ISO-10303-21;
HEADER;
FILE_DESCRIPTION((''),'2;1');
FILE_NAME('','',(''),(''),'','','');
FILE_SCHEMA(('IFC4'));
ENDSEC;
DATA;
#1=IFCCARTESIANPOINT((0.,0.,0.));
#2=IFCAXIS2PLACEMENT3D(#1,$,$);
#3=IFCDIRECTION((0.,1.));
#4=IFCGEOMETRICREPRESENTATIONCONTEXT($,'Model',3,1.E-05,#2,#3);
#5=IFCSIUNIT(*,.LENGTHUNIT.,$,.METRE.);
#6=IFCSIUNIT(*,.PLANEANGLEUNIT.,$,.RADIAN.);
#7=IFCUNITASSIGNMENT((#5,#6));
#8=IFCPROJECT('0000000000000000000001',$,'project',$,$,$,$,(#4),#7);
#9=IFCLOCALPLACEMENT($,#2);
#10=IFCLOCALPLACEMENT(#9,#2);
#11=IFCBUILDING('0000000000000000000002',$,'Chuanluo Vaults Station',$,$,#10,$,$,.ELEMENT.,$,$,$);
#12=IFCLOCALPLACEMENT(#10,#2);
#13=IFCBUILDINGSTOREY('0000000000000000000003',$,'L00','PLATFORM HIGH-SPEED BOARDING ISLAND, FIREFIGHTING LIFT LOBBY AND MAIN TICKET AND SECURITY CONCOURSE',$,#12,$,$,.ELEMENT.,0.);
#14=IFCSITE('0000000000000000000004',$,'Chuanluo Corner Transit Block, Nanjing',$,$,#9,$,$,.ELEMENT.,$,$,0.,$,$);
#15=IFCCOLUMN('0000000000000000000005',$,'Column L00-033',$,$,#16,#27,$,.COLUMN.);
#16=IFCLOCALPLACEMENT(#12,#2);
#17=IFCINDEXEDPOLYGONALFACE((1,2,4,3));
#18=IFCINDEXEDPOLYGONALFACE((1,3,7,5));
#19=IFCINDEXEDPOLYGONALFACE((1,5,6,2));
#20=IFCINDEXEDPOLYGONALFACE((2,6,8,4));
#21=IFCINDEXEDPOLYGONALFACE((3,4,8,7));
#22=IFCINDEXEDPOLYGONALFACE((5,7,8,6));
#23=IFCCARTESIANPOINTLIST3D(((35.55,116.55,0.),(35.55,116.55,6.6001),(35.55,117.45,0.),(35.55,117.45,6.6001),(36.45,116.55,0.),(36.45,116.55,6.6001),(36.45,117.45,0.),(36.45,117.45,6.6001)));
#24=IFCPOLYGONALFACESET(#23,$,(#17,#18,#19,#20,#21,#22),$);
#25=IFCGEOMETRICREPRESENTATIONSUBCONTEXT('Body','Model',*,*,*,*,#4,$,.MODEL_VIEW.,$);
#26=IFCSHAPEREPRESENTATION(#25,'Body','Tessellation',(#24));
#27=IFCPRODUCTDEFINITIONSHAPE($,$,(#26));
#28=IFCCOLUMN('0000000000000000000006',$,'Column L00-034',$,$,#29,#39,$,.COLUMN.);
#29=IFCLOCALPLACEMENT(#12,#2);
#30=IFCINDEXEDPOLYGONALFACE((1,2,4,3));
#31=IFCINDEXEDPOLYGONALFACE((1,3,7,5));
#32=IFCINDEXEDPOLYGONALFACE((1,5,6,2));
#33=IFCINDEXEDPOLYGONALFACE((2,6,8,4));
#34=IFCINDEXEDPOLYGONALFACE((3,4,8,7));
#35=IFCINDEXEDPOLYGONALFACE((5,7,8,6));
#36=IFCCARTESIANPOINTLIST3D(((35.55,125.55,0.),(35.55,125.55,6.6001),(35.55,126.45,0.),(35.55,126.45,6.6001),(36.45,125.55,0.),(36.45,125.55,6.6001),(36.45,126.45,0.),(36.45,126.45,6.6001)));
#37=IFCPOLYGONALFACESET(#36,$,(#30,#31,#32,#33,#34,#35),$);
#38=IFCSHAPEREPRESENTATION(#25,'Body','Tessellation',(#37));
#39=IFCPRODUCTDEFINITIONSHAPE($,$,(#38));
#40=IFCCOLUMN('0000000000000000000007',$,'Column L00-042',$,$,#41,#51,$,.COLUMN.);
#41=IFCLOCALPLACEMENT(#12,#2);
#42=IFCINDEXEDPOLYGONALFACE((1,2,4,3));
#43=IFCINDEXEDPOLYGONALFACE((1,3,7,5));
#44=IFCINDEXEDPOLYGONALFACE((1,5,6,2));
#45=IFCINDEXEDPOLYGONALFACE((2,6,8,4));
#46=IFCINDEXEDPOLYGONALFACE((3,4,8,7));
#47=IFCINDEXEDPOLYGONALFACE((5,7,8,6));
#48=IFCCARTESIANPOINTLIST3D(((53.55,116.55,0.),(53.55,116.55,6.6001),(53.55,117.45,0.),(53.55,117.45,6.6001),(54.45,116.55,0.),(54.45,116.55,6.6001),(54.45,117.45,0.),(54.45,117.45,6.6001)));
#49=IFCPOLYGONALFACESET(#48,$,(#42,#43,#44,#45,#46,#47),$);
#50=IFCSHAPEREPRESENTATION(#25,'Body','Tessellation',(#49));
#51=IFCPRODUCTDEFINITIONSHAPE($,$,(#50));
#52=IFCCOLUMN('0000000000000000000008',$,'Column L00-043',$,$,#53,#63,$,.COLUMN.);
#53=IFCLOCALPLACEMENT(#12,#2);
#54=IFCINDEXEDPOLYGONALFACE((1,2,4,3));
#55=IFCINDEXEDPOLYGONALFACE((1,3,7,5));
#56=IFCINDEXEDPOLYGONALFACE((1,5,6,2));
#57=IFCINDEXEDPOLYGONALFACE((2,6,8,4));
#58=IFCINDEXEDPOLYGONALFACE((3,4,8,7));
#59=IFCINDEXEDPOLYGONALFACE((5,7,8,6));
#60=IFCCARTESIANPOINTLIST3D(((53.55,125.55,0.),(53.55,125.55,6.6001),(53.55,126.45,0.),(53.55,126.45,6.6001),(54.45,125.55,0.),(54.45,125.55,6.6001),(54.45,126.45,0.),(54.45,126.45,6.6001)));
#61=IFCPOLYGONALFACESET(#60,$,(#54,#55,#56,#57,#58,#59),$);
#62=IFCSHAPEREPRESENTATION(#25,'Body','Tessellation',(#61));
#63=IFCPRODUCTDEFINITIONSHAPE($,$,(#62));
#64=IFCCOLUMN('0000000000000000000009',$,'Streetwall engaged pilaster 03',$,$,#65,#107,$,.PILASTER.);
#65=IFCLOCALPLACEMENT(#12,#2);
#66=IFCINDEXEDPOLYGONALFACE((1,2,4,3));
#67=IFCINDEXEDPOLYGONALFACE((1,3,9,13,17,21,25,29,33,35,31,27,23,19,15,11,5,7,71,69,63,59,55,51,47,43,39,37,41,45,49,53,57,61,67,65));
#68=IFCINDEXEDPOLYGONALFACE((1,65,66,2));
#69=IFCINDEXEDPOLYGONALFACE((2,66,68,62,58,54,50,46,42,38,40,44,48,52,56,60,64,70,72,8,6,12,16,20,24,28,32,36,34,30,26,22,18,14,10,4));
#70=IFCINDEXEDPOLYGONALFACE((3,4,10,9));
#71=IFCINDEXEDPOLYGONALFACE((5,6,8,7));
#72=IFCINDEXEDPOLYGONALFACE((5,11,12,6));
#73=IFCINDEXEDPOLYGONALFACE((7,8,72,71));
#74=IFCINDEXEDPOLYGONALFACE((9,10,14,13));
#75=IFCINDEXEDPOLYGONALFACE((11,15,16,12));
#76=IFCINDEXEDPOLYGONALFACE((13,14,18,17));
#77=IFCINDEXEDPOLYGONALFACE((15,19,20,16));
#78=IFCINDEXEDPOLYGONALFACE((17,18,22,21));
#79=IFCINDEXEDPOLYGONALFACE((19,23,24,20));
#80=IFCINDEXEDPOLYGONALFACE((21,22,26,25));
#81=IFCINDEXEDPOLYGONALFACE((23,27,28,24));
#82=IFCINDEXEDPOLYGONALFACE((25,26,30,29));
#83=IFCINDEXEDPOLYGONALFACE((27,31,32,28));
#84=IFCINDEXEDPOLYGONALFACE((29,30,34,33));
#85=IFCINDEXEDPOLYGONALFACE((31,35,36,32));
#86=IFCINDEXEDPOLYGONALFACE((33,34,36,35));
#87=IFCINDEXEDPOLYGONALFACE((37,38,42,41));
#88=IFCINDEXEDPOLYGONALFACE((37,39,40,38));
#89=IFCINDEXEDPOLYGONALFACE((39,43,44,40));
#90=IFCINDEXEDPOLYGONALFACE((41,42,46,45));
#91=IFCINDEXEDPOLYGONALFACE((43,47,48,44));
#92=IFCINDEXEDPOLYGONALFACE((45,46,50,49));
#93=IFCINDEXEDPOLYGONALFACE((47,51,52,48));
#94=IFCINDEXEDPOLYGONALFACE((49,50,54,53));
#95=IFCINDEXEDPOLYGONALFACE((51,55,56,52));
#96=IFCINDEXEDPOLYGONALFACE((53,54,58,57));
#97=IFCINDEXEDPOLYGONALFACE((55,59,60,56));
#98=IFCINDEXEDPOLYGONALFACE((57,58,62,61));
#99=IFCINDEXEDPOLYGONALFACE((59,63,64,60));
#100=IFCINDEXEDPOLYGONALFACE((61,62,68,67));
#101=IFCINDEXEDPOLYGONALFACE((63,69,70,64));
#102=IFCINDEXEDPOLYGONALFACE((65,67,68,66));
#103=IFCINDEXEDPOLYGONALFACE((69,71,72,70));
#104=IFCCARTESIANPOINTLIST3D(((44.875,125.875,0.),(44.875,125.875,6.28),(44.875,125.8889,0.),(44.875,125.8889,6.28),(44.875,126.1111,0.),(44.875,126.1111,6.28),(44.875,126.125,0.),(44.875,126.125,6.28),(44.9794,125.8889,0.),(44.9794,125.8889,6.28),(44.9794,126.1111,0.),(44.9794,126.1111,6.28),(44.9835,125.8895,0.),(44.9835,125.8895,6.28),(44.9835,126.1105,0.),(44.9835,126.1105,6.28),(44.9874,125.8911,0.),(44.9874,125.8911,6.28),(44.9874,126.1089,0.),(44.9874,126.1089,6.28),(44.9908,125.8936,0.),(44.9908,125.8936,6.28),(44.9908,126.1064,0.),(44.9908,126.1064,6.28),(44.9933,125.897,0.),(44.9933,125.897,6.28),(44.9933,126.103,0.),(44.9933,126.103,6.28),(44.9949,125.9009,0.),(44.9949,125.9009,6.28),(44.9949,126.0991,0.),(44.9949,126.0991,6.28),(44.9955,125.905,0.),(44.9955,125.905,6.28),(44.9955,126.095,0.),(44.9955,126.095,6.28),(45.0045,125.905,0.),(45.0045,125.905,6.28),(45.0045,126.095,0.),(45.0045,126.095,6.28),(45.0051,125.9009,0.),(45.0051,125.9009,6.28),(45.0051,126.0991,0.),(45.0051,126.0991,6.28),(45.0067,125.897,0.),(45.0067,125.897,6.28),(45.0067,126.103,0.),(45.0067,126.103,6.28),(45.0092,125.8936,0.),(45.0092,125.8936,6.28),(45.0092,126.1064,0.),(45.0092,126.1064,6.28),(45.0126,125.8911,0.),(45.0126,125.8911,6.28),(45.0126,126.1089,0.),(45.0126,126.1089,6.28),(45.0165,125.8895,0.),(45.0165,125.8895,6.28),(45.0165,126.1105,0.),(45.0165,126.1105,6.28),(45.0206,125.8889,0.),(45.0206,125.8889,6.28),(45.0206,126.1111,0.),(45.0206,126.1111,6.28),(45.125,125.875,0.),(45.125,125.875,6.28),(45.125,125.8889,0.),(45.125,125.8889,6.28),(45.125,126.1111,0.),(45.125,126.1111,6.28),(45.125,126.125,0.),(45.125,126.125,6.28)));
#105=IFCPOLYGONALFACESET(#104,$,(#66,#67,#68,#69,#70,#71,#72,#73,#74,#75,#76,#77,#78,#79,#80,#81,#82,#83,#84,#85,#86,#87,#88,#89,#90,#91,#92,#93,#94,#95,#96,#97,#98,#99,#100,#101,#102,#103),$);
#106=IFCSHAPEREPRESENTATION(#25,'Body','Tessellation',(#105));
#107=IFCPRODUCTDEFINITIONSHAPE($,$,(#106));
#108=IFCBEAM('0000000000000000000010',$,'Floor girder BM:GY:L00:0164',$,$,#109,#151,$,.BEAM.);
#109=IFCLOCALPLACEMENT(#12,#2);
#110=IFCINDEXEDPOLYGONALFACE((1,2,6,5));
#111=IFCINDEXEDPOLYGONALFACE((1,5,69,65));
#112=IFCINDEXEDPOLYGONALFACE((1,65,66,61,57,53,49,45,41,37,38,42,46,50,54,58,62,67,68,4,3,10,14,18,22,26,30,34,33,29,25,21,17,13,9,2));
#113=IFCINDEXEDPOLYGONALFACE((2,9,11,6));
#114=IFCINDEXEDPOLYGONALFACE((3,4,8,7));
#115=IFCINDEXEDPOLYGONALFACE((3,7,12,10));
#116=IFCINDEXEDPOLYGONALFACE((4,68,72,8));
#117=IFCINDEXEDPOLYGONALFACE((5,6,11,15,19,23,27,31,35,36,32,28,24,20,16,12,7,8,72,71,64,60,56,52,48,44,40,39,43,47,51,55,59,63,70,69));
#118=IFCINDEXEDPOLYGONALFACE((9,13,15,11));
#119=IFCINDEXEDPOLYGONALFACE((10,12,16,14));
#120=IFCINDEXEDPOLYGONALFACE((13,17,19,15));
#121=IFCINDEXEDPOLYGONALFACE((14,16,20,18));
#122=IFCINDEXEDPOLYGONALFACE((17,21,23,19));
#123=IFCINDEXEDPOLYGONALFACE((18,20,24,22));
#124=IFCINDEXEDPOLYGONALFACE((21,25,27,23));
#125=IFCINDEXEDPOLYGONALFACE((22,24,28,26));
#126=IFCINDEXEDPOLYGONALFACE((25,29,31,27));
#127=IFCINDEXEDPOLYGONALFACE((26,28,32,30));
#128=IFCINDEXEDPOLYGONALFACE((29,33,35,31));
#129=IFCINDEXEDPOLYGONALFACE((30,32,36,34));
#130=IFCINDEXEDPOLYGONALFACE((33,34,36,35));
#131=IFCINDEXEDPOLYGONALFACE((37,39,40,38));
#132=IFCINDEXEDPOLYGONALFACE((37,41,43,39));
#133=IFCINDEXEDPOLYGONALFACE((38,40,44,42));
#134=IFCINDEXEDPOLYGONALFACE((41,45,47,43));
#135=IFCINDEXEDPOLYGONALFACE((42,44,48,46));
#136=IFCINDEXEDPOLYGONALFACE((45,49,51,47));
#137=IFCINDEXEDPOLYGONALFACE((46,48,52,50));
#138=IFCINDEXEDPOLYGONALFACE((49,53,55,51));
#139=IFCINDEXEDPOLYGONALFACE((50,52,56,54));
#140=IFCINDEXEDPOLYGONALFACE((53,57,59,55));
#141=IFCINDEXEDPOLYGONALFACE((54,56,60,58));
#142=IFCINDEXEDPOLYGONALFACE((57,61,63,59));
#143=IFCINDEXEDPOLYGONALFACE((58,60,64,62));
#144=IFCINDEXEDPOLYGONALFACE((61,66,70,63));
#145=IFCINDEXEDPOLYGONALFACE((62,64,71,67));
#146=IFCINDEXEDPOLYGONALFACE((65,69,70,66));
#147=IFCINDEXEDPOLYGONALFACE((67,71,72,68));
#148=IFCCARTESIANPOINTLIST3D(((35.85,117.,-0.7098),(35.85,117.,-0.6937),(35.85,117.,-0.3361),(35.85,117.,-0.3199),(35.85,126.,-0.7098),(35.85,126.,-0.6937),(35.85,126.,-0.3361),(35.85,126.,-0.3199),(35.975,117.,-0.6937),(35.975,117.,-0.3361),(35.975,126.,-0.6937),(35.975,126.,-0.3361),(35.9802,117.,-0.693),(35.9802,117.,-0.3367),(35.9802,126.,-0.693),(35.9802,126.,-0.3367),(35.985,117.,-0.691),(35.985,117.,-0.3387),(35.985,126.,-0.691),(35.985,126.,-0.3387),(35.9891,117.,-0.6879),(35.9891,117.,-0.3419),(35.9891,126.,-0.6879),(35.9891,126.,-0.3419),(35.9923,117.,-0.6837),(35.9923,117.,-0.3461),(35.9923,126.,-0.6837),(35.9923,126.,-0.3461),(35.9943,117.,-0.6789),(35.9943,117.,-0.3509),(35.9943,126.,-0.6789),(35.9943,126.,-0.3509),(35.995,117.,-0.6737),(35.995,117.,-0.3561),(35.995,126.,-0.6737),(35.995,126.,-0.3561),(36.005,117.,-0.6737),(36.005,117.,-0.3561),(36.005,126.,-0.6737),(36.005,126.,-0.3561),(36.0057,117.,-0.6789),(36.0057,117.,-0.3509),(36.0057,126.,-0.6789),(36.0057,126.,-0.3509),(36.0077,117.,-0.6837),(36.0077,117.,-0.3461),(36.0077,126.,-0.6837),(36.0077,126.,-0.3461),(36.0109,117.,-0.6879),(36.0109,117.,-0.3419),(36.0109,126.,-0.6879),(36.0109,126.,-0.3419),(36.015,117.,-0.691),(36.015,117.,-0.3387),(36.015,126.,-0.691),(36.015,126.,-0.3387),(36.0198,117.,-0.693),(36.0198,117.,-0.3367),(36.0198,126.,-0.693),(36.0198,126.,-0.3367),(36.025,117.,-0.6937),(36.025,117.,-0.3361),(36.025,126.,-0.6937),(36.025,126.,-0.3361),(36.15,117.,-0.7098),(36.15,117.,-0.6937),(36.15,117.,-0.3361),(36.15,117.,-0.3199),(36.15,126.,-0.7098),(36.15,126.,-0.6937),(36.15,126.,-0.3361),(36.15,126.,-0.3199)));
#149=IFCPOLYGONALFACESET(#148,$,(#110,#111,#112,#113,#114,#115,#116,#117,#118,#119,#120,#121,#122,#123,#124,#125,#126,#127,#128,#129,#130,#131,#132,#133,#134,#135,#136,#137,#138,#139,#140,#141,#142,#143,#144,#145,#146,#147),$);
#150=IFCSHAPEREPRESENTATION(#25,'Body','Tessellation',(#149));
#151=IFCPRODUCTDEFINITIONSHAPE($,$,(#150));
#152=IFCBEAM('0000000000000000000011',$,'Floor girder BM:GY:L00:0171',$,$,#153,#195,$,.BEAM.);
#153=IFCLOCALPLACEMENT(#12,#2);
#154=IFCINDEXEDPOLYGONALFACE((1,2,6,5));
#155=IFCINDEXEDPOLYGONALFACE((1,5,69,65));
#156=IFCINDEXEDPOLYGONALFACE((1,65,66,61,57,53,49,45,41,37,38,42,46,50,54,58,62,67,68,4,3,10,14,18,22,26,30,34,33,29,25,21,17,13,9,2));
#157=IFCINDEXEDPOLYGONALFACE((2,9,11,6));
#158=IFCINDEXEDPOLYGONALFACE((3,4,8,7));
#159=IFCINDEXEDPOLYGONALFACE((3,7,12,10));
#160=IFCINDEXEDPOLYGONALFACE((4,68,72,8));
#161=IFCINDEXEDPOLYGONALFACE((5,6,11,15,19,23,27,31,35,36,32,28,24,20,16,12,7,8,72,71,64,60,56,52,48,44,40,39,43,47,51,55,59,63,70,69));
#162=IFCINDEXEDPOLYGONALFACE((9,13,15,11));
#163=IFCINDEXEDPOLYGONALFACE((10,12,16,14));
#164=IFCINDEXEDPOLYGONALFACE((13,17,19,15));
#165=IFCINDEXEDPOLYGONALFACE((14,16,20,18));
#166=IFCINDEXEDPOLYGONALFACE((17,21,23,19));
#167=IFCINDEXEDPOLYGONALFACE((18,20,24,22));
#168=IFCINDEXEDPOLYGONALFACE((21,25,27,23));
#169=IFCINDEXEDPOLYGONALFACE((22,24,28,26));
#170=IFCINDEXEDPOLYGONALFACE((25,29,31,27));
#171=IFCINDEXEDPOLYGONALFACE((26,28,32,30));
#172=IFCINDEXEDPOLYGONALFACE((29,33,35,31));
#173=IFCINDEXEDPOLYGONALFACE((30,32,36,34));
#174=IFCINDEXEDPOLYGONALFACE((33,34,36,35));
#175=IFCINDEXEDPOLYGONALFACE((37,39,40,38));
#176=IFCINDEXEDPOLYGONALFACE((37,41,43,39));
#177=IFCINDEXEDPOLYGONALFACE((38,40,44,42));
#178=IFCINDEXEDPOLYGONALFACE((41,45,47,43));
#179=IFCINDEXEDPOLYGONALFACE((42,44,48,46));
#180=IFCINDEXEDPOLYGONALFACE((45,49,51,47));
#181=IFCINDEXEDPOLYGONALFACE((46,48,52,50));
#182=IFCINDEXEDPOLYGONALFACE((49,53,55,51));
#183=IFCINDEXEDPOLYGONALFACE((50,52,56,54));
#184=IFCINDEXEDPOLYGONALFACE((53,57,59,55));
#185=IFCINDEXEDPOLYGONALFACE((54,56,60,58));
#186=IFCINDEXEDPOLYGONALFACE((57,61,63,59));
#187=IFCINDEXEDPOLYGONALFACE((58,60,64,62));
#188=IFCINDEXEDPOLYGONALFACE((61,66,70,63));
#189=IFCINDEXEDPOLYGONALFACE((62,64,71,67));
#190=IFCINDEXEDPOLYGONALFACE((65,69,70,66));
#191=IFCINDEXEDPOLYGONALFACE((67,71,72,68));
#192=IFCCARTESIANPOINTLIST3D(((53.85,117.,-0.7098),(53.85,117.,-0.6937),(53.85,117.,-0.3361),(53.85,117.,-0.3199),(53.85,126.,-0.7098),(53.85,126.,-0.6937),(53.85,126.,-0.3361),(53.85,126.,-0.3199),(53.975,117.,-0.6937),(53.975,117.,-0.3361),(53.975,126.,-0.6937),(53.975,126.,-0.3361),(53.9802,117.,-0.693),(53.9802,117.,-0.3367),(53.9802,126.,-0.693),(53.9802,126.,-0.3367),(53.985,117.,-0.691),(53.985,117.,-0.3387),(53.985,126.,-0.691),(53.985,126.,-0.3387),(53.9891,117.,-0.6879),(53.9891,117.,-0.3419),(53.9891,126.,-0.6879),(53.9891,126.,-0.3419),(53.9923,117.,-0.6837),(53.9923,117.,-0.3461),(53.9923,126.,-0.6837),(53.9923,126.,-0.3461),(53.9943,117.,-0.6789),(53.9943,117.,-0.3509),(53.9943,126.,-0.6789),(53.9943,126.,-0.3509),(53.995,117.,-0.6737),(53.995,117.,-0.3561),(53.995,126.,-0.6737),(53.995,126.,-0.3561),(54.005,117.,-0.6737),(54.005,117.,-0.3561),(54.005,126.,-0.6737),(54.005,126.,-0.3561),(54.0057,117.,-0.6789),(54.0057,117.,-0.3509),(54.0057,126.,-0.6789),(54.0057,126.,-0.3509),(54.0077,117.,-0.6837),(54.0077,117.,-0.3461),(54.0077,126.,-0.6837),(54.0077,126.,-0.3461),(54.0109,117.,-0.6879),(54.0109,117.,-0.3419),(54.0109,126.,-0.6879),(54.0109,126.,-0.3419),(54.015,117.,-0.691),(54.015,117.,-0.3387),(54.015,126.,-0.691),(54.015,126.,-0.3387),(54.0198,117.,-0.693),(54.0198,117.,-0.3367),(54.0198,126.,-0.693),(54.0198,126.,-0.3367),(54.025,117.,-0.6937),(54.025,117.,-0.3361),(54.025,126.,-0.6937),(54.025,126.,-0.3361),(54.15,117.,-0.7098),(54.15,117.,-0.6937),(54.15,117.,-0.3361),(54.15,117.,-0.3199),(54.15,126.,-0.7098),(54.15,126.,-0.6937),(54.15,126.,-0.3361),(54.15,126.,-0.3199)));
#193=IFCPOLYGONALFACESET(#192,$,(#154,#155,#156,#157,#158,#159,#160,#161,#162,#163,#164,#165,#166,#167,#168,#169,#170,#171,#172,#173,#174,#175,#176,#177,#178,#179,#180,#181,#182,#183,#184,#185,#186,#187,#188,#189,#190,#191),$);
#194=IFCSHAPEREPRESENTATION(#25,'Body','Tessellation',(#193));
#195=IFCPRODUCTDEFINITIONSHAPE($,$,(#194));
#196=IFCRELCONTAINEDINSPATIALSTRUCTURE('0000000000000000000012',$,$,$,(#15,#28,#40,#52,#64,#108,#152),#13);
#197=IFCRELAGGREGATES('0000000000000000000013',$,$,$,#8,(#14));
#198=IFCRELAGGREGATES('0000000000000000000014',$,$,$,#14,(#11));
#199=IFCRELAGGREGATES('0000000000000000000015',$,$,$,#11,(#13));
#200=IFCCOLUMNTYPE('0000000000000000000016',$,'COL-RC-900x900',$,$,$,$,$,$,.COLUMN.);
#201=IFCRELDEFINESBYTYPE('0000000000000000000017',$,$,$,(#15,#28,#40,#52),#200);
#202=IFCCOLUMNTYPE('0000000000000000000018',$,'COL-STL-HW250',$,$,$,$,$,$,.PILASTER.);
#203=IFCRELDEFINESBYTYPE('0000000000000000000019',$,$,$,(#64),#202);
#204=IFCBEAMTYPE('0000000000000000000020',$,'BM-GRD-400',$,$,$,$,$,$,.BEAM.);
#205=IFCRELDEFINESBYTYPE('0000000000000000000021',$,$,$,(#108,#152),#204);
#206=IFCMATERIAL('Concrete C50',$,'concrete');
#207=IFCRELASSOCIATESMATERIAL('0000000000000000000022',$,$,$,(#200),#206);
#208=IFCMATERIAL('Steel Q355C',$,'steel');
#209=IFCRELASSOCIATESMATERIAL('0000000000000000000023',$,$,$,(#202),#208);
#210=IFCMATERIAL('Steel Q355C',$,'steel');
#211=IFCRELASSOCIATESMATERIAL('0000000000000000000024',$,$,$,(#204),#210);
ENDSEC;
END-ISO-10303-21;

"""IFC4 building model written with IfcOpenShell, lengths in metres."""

from ifc_helpers import new_model, si_unit, direction, frame, origin, origin_2d, place, context, subcontext, project, spatial, rectangle, i_section, extrude, material, material_profile, profile_set, type_object, element, save


model = new_model("IFC4")

# Units and contexts
model_context = context("Model", 3, precision=1e-05, world=origin(), true_north=direction((0.0, 1.0)))
body_context = subcontext(model_context, "Body", "Model", "MODEL_VIEW")
ifc_project = project(units=[si_unit("LENGTHUNIT", "METRE"), si_unit("PLANEANGLEUNIT", "RADIAN")], contexts=[model_context])

# Site, building, storey
site_placement = place(None, origin())
site = spatial("IfcSite", under=ifc_project, at=site_placement, Name="Chuanluo Corner Transit Block, Nanjing", CompositionType="ELEMENT", RefElevation=0.0)
building_placement = place(site_placement, origin())
building = spatial("IfcBuilding", under=site, at=building_placement, Name="Chuanluo Vaults Station", CompositionType="ELEMENT")
storey_placement = place(building_placement, origin())
storey = spatial("IfcBuildingStorey", under=building, at=storey_placement, Name="L00", Description="PLATFORM HIGH-SPEED BOARDING ISLAND, FIREFIGHTING LIFT LOBBY AND MAIN TICKET AND SECURITY CONCOURSE", CompositionType="ELEMENT", Elevation=0.0)

# Columns
ifc_material_1 = material(Name="Concrete C50", Category="concrete")
ifc_material_profile_1 = material_profile(ifc_material_1, rectangle(XDim=0.8999, YDim=0.8999, at=origin_2d()))
ifc_profile_set_1 = profile_set([ifc_material_profile_1], Name="Concrete C50")
column_type_1 = type_object("IfcColumnType", Name="COL-RC-900x900", PredefinedType="COLUMN", material=ifc_profile_set_1)
for number, where, z_axis, x_axis, name in (
    (1, (36.0, 117.0, 0.0), (0.0, 0.0, 1.0), (1.0, 0.0, 0.0), "Column L00-033"),
    (2, (36.0, 126.0, 0.0), (0.0, 0.0, 1.0), (1.0, 0.0, 0.0), "Column L00-034"),
    (3, (54.0, 117.0, 0.0), (0.0, 0.0, 1.0), (1.0, 0.0, 0.0), "Column L00-042"),
    (4, (54.0, 126.0, 0.0), (0.0, 0.0, 1.0), (1.0, 0.0, 0.0), "Column L00-043"),
):
    element("IfcColumn", number, at=place(storey_placement, frame(where, z_axis=z_axis, x_axis=x_axis)), inside=storey, type_object=column_type_1, Name=name, PredefinedType="COLUMN", context=body_context, shape_type="SweptSolid", body=[
        extrude(rectangle(XDim=0.8999, YDim=0.8999, at=origin_2d()), origin(), (0.0, 0.0, 1.0), 6.6001),
    ])
ifc_material_2 = material(Name="Steel Q355C", Category="steel")
ifc_material_profile_2 = material_profile(ifc_material_2, i_section(OverallWidth=0.25, OverallDepth=0.25, WebThickness=0.009, FlangeThickness=0.0139, FilletRadius=0.0161, at=origin_2d()))
ifc_profile_set_2 = profile_set([ifc_material_profile_2], Name="Steel Q355C")
column_type_2 = type_object("IfcColumnType", Name="COL-STL-HW250", PredefinedType="PILASTER", material=ifc_profile_set_2)
column_placement = place(storey_placement, frame((45.0, 126.0, 0.0), z_axis=(0.0, 0.0, 1.0), x_axis=(1.0, 0.0, 0.0)))
element("IfcColumn", 5, at=column_placement, inside=storey, type_object=column_type_2, Name="Streetwall engaged pilaster 03", PredefinedType="PILASTER", context=body_context, shape_type="SweptSolid", body=[
    extrude(i_section(OverallWidth=0.25, OverallDepth=0.25, WebThickness=0.009, FlangeThickness=0.0139, FilletRadius=0.0161, at=origin_2d()), origin(), (0.0, 0.0, 1.0), 6.28),
])

# Beams
ifc_material_3 = material(Name="Steel Q355C", Category="steel")
ifc_material_profile_3 = material_profile(ifc_material_3, i_section(OverallWidth=0.3, OverallDepth=0.3899, WebThickness=0.01, FlangeThickness=0.0161, FilletRadius=0.02, at=origin_2d()))
ifc_profile_set_3 = profile_set([ifc_material_profile_3], Name="Steel Q355C")
beam_type_1 = type_object("IfcBeamType", Name="BM-GRD-400", PredefinedType="BEAM", material=ifc_profile_set_3)
for number, where, z_axis, x_axis, name in (
    (6, (36.0, 117.0, -0.5149), (0.0, 1.0, 0.0), (-1.0, 0.0, 0.0), "Floor girder BM:GY:L00:0164"),
    (7, (54.0, 117.0, -0.5149), (0.0, 1.0, 0.0), (-1.0, 0.0, 0.0), "Floor girder BM:GY:L00:0171"),
):
    element("IfcBeam", number, at=place(storey_placement, frame(where, z_axis=z_axis, x_axis=x_axis)), inside=storey, type_object=beam_type_1, Name=name, PredefinedType="BEAM", context=body_context, shape_type="SweptSolid", body=[
        extrude(i_section(OverallWidth=0.3, OverallDepth=0.3899, WebThickness=0.01, FlangeThickness=0.0161, FilletRadius=0.02, at=origin_2d()), origin(), (0.0, 0.0, 1.0), 9.0),
    ])

save(model, "model.ifc")
